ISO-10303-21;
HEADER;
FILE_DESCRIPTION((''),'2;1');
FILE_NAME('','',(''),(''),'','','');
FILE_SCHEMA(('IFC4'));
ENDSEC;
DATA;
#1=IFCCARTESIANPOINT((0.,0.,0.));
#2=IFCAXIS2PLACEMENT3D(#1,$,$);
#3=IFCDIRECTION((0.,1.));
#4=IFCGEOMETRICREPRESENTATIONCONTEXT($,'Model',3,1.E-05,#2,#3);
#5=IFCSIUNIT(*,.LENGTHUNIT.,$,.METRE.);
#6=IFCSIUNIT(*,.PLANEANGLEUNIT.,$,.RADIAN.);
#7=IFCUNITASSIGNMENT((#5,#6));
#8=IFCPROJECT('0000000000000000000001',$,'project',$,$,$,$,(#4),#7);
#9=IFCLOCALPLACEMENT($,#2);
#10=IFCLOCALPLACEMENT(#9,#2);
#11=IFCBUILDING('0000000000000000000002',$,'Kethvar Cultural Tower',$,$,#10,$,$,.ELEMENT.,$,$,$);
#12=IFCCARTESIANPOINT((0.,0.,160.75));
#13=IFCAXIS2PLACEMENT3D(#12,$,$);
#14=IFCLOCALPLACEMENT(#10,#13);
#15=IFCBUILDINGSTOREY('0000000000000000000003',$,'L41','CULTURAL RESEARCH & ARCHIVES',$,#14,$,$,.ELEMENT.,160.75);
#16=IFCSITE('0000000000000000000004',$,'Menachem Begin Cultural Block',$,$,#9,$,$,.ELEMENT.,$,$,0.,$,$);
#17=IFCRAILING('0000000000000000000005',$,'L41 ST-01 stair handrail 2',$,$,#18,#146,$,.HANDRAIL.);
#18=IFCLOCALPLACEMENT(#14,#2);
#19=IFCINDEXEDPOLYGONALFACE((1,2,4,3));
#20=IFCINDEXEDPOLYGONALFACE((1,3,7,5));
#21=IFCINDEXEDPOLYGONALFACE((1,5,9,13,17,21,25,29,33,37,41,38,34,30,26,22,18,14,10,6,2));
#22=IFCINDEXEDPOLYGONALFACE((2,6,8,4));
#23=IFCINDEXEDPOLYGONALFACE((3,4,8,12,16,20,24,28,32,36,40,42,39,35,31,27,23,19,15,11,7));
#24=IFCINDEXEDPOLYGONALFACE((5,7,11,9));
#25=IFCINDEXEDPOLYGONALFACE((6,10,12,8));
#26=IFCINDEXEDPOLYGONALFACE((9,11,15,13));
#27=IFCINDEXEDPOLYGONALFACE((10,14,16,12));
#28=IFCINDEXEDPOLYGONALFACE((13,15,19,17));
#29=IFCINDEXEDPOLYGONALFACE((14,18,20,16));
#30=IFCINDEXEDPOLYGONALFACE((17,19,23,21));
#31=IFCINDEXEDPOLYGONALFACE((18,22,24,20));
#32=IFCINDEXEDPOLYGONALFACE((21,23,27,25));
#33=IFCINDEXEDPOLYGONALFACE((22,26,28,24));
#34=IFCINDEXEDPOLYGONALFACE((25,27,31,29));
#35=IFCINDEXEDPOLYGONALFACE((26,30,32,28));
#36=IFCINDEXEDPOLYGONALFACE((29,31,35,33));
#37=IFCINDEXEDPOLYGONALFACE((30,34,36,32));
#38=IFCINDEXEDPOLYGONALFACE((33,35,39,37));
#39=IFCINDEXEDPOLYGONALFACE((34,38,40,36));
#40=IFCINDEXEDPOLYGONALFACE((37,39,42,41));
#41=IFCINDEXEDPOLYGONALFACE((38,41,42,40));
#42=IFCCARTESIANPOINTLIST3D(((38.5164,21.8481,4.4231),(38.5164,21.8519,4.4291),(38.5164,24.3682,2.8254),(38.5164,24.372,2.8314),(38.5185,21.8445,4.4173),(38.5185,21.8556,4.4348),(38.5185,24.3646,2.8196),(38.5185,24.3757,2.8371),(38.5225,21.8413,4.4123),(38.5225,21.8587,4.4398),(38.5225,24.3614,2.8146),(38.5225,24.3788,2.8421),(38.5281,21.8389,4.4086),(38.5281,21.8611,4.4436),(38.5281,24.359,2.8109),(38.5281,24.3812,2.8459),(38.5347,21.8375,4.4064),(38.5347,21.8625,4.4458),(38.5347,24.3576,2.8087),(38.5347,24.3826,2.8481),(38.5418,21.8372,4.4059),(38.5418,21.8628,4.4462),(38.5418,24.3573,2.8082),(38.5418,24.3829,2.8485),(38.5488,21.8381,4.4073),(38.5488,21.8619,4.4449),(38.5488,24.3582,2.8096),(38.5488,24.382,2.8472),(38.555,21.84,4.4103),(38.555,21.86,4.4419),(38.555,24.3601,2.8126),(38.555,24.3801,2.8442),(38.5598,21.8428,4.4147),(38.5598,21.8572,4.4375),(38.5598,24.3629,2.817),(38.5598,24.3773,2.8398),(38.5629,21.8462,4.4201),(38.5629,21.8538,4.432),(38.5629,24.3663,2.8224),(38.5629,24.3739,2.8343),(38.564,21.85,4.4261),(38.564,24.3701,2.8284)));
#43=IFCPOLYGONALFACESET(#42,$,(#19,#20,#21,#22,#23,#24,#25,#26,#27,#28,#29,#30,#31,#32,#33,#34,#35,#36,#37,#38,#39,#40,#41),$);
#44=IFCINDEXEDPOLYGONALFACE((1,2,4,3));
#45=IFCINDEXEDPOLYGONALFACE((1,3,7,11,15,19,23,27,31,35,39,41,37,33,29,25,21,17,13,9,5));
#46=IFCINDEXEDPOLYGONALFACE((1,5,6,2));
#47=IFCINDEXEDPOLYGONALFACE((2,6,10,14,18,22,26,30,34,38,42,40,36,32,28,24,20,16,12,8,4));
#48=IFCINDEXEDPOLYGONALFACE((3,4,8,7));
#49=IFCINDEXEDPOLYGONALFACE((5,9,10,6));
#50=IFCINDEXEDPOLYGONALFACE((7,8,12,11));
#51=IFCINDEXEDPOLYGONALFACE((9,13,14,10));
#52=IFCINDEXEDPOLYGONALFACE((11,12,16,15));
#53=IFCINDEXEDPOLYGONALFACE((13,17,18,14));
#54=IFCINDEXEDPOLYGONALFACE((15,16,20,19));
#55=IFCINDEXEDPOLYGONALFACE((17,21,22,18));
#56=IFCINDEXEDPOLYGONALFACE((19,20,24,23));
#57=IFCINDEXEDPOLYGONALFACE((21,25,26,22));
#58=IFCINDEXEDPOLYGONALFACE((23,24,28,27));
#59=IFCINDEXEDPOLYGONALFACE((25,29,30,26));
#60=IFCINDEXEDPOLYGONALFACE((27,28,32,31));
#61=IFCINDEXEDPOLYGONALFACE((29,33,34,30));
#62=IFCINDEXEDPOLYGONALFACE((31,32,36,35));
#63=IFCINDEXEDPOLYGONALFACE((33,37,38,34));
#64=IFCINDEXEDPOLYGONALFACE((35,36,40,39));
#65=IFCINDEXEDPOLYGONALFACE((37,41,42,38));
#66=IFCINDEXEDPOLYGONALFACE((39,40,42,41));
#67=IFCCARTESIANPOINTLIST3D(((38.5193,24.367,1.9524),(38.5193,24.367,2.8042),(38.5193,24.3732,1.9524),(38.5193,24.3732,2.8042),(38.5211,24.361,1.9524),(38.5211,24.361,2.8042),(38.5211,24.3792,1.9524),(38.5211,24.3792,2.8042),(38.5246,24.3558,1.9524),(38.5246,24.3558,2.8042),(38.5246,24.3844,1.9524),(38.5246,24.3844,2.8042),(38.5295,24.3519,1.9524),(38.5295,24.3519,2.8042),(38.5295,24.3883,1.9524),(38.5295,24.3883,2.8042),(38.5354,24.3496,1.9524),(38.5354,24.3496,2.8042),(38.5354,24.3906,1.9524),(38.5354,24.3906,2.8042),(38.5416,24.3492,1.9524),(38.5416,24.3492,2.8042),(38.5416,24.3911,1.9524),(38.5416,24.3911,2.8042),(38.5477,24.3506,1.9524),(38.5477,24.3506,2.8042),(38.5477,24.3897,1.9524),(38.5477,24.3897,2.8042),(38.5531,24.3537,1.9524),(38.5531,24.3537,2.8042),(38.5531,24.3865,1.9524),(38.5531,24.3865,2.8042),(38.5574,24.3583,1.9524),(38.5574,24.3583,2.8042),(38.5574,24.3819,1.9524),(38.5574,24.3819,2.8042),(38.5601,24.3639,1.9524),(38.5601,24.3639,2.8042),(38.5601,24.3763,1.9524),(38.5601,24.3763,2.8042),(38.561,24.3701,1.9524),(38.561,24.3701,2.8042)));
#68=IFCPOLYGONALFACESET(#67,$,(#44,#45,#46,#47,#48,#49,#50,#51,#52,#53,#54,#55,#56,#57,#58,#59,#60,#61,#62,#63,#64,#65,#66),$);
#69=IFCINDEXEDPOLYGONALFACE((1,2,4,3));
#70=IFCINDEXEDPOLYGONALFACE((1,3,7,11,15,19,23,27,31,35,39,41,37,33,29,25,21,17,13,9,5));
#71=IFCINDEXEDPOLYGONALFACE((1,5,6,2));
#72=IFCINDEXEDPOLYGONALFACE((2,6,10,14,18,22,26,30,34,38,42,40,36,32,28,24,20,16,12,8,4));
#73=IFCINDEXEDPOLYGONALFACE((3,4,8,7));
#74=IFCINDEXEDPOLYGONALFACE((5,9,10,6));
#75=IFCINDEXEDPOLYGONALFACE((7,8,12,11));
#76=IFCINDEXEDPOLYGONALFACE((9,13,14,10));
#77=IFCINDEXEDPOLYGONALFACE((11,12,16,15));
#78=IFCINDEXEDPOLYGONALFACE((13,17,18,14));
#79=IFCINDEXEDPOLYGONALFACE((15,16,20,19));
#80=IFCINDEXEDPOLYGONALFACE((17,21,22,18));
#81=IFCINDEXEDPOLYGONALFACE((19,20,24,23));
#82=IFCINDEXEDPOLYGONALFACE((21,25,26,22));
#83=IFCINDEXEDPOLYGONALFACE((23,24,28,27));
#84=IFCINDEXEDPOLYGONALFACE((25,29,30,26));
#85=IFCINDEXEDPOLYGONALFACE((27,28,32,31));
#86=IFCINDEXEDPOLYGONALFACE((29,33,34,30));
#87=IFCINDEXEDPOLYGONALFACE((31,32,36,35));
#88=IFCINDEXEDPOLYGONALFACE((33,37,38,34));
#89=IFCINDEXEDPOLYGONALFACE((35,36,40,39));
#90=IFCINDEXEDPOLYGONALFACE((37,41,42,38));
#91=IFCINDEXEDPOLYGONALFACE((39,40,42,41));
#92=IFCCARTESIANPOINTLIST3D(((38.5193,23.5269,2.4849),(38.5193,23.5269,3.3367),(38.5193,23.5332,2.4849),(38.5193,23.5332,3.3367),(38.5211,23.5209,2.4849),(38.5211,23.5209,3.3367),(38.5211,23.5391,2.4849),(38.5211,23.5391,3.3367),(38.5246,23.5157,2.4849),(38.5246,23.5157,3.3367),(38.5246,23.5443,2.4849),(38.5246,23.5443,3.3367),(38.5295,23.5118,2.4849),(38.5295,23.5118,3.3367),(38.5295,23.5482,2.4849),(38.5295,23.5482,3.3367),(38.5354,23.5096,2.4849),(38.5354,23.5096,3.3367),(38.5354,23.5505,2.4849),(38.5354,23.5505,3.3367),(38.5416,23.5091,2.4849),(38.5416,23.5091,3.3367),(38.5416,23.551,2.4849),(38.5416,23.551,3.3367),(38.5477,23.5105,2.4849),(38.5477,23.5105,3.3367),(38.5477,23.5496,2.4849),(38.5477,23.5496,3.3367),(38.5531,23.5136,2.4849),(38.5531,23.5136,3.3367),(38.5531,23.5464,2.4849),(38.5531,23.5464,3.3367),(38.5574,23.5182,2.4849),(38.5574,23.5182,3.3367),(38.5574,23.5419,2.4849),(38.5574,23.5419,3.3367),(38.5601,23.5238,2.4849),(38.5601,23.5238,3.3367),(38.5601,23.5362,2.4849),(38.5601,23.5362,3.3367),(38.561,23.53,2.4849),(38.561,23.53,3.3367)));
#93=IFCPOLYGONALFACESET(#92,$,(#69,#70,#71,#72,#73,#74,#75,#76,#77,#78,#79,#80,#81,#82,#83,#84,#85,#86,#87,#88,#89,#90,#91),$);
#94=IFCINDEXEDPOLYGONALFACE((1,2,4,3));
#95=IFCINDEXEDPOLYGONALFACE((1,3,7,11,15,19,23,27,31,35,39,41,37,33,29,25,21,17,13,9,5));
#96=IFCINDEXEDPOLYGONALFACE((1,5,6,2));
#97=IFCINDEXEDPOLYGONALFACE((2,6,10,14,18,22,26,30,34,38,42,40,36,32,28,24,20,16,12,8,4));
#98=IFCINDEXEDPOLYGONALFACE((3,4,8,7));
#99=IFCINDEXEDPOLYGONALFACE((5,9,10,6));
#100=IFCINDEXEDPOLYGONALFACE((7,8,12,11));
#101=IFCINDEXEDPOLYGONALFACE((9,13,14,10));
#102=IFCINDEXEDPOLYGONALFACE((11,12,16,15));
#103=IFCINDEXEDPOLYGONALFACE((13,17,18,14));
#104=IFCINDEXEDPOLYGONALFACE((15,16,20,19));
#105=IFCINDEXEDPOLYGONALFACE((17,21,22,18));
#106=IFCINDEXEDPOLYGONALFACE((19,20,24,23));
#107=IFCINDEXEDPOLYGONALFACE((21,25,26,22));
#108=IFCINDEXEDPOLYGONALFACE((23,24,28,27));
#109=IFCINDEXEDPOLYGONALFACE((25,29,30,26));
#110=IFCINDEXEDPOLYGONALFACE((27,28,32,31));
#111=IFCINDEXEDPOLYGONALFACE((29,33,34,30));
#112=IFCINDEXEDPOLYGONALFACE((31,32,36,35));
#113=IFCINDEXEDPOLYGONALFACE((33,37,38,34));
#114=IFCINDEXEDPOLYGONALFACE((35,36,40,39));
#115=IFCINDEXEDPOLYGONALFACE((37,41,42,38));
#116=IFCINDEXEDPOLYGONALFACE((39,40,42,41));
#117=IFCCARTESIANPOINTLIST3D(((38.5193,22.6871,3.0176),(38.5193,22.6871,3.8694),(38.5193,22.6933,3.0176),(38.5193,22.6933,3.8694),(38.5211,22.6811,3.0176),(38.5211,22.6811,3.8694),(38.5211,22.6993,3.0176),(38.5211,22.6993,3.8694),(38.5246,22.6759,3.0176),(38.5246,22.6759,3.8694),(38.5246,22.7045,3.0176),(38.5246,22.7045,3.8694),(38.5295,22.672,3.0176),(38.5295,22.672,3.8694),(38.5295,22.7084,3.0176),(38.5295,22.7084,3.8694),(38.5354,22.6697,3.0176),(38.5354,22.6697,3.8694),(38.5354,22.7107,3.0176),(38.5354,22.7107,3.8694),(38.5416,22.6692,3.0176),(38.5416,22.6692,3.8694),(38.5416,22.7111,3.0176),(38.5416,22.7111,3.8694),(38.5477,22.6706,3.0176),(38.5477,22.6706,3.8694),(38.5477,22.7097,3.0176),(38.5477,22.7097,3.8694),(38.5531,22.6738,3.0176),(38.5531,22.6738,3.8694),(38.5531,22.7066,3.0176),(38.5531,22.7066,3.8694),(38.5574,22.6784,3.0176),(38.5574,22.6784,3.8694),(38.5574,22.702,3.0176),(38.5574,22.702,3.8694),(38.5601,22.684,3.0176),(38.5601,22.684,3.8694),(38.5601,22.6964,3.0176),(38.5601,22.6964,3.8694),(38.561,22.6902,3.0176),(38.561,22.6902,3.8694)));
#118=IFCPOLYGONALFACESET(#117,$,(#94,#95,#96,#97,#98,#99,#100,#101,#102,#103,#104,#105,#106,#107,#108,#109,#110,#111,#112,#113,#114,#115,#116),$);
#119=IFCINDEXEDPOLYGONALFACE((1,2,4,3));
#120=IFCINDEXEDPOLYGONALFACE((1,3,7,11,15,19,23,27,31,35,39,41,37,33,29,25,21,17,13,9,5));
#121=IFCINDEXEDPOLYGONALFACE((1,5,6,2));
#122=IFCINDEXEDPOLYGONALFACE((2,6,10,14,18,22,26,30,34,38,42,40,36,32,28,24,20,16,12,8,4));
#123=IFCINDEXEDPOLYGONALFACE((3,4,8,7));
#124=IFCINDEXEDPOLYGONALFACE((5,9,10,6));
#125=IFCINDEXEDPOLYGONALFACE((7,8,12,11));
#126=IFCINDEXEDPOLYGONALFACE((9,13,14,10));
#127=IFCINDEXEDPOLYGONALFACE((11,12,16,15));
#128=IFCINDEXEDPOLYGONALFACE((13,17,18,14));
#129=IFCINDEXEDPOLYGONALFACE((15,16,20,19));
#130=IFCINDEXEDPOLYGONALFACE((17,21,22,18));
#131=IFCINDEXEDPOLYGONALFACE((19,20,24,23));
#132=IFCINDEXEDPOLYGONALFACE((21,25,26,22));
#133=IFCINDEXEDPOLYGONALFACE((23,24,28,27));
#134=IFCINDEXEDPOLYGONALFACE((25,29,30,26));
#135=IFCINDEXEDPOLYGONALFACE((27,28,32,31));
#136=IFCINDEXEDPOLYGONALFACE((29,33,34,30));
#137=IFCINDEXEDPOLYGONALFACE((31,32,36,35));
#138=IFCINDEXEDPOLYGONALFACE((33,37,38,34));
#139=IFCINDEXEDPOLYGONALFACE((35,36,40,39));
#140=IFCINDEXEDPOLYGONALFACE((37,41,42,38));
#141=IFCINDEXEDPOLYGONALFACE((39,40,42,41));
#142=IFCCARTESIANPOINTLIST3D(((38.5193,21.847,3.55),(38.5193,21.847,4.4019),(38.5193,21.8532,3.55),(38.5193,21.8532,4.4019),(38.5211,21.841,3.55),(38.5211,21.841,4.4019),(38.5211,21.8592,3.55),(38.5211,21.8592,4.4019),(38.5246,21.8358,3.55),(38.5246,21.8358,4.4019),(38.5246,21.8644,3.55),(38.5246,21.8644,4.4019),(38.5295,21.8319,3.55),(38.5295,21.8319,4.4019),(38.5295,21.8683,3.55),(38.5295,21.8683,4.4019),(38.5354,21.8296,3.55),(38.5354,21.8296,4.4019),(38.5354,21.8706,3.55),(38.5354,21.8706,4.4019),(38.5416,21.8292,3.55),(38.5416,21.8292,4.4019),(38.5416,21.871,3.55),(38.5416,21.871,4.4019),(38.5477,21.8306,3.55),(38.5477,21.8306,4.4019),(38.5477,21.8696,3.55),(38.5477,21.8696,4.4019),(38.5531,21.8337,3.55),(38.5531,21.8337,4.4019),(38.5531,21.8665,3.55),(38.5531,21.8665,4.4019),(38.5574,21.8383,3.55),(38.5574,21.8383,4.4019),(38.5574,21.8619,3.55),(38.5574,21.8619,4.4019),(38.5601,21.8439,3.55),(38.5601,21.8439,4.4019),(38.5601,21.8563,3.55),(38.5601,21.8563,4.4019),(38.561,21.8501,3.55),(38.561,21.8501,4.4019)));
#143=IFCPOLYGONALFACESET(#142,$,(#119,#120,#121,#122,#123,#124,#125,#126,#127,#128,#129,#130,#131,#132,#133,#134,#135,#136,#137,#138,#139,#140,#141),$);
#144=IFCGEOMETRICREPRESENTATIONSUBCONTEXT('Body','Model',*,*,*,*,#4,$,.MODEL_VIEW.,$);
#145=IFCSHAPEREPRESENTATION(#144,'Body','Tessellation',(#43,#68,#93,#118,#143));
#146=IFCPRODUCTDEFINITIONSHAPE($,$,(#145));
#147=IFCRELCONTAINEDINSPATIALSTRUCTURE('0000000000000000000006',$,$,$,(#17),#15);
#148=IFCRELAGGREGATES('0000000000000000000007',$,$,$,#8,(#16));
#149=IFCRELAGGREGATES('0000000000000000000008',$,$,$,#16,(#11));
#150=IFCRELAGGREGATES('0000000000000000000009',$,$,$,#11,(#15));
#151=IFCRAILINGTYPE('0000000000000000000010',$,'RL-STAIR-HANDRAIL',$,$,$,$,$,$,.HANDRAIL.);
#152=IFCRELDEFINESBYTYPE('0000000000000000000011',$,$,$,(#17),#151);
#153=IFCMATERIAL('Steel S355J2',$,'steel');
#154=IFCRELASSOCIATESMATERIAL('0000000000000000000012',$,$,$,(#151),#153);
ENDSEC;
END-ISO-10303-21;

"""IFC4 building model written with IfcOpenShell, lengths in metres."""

from ifc_helpers import new_model, si_unit, direction, frame, origin, origin_2d, place, context, subcontext, project, spatial, circle, extrude, material, type_object, element, save


model = new_model("IFC4")

# Units and contexts
model_context = context("Model", 3, precision=1e-05, world=origin(), true_north=direction((0.0, 1.0)))
body_context = subcontext(model_context, "Body", "Model", "MODEL_VIEW")
ifc_project = project(units=[si_unit("LENGTHUNIT", "METRE"), si_unit("PLANEANGLEUNIT", "RADIAN")], contexts=[model_context])

# Site, building, storey
site_placement = place(None, origin())
site = spatial("IfcSite", under=ifc_project, at=site_placement, Name="Menachem Begin Cultural Block", CompositionType="ELEMENT", RefElevation=0.0)
building_placement = place(site_placement, origin())
building = spatial("IfcBuilding", under=site, at=building_placement, Name="Kethvar Cultural Tower", CompositionType="ELEMENT")
storey_placement = place(building_placement, frame((0.0, 0.0, 160.75)))
storey = spatial("IfcBuildingStorey", under=building, at=storey_placement, Name="L41", Description="CULTURAL RESEARCH & ARCHIVES", CompositionType="ELEMENT", Elevation=160.75)

# Shared definitions
ifc_material_1 = material(Name="Steel S355J2", Category="steel")

# Railing
railing_type_1 = type_object("IfcRailingType", Name="RL-STAIR-HANDRAIL", PredefinedType="HANDRAIL", material=ifc_material_1)
railing_1_placement = place(storey_placement, frame((38.54, 24.3701, 1.9524)))
element("IfcRailing", 1, at=railing_1_placement, inside=storey, type_object=railing_type_1, Name="L41 ST-01 stair handrail 2", PredefinedType="HANDRAIL", context=body_context, shape_type="SweptSolid", body=[
    extrude(circle(Radius=0.0239, at=origin_2d()), frame((0.0, 0.0, 0.876), z_axis=(0.0, -0.84457, 0.535445), x_axis=(1.0, 0.0, 0.0)), (0.0, 0.0, 1.0), 2.9839),
    extrude(circle(Radius=0.021, at=origin_2d()), origin(), (0.0, 0.0, 1.0), 0.8518),
    extrude(circle(Radius=0.021, at=origin_2d()), frame((0.0, -0.8401, 0.5325)), (0.0, 0.0, 1.0), 0.8518),
    extrude(circle(Radius=0.021, at=origin_2d()), frame((0.0, -1.6799, 1.0652)), (0.0, 0.0, 1.0), 0.8518),
    extrude(circle(Radius=0.021, at=origin_2d()), frame((0.0, -2.52, 1.5977)), (0.0, 0.0, 1.0), 0.8518),
])

save(model, "model.ifc")
